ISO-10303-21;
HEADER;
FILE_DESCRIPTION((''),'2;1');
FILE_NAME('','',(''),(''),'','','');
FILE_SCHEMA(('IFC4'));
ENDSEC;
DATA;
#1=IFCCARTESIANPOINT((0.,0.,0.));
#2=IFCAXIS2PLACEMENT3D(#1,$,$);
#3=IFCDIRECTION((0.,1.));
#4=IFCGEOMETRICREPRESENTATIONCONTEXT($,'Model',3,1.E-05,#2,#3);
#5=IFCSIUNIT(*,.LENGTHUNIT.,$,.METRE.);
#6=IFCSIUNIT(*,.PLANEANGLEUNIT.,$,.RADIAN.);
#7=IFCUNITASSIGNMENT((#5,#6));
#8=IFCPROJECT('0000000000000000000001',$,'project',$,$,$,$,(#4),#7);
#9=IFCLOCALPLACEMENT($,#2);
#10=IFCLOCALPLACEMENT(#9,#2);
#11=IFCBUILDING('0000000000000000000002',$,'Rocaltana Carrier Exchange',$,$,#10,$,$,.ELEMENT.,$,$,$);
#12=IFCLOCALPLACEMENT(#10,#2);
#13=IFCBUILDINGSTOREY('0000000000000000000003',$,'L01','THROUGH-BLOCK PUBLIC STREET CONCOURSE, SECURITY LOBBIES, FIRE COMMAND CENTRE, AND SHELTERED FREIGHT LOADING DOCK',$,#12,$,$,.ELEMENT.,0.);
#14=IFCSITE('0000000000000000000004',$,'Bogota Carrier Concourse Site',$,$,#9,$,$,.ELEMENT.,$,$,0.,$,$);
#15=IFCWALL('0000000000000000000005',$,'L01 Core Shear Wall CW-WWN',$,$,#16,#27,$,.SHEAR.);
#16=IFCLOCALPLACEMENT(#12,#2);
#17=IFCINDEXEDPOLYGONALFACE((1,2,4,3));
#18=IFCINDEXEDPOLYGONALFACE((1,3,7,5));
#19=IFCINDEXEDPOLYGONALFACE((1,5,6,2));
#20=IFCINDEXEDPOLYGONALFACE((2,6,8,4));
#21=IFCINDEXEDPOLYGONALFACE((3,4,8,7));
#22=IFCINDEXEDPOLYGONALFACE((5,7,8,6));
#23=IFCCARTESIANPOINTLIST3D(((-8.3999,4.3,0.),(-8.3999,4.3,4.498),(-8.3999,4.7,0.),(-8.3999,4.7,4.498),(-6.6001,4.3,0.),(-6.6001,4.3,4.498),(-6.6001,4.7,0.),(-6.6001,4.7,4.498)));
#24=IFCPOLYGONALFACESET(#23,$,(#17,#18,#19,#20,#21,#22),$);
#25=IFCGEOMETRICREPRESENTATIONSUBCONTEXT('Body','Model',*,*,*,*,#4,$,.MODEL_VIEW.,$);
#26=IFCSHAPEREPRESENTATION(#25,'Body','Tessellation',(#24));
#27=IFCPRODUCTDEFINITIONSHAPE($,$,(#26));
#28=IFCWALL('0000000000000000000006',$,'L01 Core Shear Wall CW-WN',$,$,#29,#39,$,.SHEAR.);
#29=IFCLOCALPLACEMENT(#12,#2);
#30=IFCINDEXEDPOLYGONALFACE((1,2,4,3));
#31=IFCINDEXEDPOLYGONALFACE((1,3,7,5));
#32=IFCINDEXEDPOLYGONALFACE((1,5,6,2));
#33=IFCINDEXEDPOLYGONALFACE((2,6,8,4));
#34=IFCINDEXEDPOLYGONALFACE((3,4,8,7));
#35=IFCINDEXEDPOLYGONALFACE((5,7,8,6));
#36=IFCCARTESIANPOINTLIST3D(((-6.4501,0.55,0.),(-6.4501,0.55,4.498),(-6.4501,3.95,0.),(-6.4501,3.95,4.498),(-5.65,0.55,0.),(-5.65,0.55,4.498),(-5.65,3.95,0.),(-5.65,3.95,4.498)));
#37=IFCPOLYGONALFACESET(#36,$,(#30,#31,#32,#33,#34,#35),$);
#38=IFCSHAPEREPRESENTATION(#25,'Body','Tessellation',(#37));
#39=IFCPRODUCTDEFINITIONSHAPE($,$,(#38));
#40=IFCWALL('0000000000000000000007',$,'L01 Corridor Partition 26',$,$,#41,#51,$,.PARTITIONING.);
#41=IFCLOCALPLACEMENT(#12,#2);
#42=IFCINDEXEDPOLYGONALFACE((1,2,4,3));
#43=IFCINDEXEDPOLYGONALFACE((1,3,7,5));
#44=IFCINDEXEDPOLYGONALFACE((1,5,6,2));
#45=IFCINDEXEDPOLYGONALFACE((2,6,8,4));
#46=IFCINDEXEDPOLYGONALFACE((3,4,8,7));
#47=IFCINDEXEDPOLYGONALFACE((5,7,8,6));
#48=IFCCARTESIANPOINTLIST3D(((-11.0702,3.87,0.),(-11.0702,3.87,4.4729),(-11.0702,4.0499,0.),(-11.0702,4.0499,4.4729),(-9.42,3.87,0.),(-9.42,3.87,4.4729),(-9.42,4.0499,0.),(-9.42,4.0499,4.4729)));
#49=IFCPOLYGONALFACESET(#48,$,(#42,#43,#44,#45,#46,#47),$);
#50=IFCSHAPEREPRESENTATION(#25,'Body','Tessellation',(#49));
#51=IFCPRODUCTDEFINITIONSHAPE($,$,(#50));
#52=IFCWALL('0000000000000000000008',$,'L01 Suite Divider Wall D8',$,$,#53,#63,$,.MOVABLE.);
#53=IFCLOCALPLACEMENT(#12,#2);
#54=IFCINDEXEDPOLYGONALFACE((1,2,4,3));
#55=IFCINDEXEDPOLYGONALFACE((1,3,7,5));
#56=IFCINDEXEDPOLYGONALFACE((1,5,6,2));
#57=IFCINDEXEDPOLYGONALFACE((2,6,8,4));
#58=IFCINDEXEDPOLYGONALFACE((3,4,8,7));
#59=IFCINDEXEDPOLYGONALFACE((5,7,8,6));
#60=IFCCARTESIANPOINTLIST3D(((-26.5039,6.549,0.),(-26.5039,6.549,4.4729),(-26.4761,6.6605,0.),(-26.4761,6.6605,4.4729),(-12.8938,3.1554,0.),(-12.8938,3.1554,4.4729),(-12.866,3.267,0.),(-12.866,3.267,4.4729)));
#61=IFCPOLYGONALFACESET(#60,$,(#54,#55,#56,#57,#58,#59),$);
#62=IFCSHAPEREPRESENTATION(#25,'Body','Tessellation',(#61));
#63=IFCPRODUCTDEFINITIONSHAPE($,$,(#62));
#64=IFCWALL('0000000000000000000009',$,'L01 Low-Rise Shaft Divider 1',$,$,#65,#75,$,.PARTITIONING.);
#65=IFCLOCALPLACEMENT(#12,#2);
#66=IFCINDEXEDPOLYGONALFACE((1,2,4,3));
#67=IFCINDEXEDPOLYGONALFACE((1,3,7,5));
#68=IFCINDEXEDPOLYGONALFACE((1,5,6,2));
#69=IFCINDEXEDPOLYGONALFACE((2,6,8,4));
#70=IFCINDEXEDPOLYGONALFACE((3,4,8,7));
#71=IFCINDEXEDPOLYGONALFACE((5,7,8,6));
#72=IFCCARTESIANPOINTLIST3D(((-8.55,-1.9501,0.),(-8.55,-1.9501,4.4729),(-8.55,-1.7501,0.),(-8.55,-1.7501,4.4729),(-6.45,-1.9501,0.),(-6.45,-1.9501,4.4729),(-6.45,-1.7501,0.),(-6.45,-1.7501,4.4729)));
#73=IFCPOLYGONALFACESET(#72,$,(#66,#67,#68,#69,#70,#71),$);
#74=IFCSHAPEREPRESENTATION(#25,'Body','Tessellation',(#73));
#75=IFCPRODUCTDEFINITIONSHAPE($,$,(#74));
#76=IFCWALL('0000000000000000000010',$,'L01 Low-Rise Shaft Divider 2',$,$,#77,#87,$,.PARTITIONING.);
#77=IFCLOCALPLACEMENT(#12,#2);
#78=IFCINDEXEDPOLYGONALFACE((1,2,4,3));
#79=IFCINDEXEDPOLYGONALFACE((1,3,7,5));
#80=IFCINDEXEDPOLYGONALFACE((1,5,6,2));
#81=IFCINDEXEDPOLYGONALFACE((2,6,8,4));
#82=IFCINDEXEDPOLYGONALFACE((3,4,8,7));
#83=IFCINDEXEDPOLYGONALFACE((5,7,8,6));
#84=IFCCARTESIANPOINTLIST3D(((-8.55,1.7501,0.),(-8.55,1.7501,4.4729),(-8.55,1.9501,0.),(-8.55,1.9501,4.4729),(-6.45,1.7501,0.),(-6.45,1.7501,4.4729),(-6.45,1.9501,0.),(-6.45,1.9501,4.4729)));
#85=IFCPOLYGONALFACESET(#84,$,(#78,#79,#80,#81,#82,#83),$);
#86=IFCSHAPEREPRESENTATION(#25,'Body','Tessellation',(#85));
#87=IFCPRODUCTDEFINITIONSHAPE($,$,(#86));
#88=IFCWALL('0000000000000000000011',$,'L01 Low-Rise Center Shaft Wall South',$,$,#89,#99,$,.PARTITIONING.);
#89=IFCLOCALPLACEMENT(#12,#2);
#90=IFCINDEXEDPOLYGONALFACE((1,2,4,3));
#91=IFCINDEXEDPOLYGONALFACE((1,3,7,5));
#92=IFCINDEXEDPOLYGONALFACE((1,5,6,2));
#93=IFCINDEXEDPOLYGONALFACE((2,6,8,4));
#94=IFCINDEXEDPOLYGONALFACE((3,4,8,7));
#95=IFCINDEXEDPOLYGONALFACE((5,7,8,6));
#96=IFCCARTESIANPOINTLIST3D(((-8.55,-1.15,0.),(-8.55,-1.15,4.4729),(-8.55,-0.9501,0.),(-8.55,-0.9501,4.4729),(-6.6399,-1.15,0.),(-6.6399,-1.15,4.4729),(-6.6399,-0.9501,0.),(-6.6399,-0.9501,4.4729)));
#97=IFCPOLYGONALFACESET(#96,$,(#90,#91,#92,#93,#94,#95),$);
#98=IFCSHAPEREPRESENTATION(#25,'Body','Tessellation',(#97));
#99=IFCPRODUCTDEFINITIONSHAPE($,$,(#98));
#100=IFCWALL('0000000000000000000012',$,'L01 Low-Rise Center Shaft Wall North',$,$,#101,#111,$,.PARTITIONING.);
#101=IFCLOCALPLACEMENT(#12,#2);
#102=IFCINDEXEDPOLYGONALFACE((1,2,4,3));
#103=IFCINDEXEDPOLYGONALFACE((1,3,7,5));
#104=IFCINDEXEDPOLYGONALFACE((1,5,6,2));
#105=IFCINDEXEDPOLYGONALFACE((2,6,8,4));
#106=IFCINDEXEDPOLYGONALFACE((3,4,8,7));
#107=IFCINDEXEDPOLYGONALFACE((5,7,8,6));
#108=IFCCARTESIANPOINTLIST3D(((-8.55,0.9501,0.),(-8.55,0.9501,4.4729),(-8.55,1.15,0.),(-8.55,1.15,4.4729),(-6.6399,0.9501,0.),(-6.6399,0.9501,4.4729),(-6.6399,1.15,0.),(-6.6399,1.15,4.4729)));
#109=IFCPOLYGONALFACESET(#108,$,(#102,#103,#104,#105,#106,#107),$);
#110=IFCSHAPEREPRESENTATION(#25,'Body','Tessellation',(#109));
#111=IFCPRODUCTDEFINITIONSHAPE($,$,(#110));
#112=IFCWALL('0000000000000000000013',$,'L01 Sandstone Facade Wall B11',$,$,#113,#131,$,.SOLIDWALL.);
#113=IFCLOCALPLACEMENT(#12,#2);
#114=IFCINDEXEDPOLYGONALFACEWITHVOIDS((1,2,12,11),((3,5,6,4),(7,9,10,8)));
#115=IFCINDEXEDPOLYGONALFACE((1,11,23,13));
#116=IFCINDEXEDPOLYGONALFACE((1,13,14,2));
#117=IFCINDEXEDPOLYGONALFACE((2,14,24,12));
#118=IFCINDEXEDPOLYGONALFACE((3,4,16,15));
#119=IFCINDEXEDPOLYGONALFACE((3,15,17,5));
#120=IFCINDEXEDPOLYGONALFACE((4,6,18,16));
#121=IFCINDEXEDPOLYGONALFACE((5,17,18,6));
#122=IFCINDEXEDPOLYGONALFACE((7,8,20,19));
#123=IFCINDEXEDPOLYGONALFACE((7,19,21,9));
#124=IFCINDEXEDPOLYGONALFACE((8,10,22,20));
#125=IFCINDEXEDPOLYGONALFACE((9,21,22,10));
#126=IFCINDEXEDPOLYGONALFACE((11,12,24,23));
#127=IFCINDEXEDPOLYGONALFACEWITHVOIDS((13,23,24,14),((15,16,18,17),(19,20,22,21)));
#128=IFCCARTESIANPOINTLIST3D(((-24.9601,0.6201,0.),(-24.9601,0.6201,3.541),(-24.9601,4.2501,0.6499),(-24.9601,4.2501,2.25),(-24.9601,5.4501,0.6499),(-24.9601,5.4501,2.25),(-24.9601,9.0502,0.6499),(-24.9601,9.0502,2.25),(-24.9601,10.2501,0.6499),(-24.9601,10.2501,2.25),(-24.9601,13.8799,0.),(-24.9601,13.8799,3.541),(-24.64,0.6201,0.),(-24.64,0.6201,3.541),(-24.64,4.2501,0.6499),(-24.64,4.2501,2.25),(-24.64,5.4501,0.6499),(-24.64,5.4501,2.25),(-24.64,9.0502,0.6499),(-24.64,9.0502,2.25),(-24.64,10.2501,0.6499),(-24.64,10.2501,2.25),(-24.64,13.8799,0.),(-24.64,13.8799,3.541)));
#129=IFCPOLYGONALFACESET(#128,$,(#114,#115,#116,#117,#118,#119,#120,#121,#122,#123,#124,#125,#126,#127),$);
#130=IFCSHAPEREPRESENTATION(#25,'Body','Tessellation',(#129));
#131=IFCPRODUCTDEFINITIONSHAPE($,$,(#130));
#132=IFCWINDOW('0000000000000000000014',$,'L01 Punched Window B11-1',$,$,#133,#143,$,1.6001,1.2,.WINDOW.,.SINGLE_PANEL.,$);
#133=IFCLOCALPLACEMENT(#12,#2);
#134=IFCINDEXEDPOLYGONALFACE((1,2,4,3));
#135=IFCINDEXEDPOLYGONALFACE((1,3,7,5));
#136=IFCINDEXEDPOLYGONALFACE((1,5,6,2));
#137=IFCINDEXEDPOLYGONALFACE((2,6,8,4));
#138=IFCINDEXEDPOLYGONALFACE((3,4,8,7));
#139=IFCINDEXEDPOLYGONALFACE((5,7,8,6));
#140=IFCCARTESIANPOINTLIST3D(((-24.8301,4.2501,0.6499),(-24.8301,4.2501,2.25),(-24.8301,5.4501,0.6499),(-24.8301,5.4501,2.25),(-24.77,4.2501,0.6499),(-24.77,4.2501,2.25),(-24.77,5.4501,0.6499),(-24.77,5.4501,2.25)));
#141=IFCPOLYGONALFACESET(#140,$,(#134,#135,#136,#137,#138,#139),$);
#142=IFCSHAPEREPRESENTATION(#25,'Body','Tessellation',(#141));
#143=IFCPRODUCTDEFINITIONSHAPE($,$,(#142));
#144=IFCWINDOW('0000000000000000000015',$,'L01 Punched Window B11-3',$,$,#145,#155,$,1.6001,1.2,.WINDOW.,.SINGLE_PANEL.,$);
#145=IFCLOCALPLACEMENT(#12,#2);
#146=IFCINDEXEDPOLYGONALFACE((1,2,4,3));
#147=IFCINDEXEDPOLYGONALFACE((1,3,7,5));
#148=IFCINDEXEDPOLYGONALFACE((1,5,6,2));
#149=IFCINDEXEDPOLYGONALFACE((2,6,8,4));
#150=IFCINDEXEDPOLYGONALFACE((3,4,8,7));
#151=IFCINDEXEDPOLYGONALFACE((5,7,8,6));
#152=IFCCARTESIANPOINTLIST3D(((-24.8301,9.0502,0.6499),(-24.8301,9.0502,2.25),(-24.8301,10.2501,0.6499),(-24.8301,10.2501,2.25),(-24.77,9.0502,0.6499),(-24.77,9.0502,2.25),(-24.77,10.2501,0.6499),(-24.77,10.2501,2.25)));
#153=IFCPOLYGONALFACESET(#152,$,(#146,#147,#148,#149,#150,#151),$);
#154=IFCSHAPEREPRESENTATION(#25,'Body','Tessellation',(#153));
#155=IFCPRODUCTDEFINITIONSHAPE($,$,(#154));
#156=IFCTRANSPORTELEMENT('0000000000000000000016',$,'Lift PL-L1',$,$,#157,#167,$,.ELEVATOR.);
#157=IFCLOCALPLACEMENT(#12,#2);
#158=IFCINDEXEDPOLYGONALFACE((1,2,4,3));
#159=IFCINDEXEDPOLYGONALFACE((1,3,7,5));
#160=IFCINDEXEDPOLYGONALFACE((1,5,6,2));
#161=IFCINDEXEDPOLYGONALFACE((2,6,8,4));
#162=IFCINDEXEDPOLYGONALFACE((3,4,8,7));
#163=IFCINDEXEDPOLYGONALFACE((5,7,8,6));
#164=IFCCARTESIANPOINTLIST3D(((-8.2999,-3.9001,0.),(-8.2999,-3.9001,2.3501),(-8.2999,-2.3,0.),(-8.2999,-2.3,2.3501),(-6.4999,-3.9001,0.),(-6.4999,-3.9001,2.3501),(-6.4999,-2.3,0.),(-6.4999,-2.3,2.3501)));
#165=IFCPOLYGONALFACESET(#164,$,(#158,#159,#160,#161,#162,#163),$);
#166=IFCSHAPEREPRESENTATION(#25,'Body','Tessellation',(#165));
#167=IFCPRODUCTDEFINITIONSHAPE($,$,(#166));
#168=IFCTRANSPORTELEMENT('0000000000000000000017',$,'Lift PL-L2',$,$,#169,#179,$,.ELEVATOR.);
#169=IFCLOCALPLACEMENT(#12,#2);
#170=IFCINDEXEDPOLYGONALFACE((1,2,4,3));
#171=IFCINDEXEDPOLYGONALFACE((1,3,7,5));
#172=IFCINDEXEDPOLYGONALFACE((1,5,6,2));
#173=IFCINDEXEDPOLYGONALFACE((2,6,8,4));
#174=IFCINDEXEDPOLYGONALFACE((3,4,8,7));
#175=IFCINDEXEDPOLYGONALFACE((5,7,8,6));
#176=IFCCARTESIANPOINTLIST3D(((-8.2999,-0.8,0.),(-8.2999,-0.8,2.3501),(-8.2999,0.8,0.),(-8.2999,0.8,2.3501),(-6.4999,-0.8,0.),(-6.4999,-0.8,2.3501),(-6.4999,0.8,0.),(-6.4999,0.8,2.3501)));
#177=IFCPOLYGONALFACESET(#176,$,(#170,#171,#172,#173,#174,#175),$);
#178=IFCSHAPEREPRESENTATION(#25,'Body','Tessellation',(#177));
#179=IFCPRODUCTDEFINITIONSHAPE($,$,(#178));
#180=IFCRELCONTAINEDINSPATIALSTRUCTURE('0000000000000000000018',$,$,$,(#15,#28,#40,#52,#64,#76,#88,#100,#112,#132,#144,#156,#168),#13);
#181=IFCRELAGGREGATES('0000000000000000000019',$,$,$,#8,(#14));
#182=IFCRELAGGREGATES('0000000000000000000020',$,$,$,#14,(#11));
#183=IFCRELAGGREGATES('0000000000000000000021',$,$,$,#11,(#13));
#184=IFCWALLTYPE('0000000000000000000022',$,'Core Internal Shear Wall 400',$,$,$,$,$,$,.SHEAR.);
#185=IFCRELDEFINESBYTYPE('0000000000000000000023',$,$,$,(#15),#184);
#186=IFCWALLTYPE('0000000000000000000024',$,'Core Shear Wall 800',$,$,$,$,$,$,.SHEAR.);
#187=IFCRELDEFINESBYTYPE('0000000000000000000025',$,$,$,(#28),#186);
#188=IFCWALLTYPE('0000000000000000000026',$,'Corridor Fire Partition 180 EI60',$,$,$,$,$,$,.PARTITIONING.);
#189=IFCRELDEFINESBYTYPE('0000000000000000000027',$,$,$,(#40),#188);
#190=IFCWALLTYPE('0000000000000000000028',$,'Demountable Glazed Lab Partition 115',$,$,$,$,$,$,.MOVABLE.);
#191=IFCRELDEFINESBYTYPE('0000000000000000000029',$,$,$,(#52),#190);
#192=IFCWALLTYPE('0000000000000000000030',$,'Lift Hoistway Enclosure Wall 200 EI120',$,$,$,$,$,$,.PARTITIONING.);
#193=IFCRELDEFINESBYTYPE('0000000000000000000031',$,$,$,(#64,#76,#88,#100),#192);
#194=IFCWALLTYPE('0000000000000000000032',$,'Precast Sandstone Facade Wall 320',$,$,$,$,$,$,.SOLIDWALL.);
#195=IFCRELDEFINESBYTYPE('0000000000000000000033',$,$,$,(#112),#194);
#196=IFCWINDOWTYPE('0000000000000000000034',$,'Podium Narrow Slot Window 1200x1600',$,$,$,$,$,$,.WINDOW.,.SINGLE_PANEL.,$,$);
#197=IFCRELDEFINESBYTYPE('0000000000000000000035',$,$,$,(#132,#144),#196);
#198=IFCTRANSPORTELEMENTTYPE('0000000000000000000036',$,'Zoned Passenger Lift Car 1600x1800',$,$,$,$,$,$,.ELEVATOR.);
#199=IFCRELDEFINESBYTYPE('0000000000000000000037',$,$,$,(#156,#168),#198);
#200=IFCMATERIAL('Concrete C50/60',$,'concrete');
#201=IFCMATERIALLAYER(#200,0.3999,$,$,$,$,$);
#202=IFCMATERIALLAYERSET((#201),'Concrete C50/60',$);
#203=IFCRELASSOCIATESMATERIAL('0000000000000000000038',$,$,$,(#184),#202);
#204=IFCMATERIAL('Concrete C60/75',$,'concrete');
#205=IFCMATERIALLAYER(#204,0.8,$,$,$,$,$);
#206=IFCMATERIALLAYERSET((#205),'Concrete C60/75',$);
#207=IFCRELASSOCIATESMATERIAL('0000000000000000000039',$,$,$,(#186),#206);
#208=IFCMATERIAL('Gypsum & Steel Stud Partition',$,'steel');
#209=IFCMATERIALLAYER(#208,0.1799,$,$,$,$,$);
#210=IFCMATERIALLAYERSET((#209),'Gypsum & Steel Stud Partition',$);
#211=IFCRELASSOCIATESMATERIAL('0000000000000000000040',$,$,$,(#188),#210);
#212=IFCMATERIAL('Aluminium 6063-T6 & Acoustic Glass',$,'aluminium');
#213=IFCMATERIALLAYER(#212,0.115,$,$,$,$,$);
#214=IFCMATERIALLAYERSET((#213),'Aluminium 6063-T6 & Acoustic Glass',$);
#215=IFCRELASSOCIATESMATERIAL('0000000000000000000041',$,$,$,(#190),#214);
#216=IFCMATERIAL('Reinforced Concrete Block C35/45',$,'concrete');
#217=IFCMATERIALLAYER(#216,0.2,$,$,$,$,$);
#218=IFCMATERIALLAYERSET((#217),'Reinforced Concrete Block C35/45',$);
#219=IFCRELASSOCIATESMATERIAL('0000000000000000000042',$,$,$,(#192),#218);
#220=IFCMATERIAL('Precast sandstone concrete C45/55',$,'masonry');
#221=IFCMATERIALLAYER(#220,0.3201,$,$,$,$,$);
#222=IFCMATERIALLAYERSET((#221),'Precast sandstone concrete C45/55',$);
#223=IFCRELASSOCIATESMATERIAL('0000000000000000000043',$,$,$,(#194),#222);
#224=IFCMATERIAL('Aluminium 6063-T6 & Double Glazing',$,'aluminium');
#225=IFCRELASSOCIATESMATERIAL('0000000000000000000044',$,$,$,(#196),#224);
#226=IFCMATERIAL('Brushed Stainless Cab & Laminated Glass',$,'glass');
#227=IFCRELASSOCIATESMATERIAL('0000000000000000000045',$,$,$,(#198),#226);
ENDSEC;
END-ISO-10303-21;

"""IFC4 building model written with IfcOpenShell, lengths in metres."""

from ifc_helpers import new_model, si_unit, direction, frame, frame_2d, origin, origin_2d, place, context, subcontext, project, spatial, rectangle, extrude, material, layer, layer_set, type_object, element, fill, save


model = new_model("IFC4")

# Units and contexts
model_context = context("Model", 3, precision=1e-05, world=origin(), true_north=direction((0.0, 1.0)))
body_context = subcontext(model_context, "Body", "Model", "MODEL_VIEW")
ifc_project = project(units=[si_unit("LENGTHUNIT", "METRE"), si_unit("PLANEANGLEUNIT", "RADIAN")], contexts=[model_context])

# Site, building, storey
site_placement = place(None, origin())
site = spatial("IfcSite", under=ifc_project, at=site_placement, Name="Bogota Carrier Concourse Site", CompositionType="ELEMENT", RefElevation=0.0)
building_placement = place(site_placement, origin())
building = spatial("IfcBuilding", under=site, at=building_placement, Name="Rocaltana Carrier Exchange", CompositionType="ELEMENT")
storey_placement = place(building_placement, origin())
storey = spatial("IfcBuildingStorey", under=building, at=storey_placement, Name="L01", Description="THROUGH-BLOCK PUBLIC STREET CONCOURSE, SECURITY LOBBIES, FIRE COMMAND CENTRE, AND SHELTERED FREIGHT LOADING DOCK", CompositionType="ELEMENT", Elevation=0.0)

# Walls
ifc_material_1 = material(Name="Concrete C50/60", Category="concrete")
ifc_layer_1 = layer(ifc_material_1, 0.3999)
ifc_layer_set_1 = layer_set([ifc_layer_1], Name="Concrete C50/60")
wall_type_1 = type_object("IfcWallType", Name="Core Internal Shear Wall 400", PredefinedType="SHEAR", material=ifc_layer_set_1)
wall_1_placement = place(storey_placement, frame((-8.3999, 4.5, 0.0), z_axis=(0.0, 0.0, 1.0), x_axis=(1.0, 0.0, 0.0)))
element("IfcWall", 1, at=wall_1_placement, inside=storey, type_object=wall_type_1, Name="L01 Core Shear Wall CW-WWN", PredefinedType="SHEAR", context=body_context, shape_type="SweptSolid", body=[
    extrude(rectangle(XDim=1.7998, YDim=0.3999, at=frame_2d((0.8999, 0.0))), origin(), (0.0, 0.0, 1.0), 4.498),
])
ifc_material_2 = material(Name="Concrete C60/75", Category="concrete")
ifc_layer_2 = layer(ifc_material_2, 0.8)
ifc_layer_set_2 = layer_set([ifc_layer_2], Name="Concrete C60/75")
wall_type_2 = type_object("IfcWallType", Name="Core Shear Wall 800", PredefinedType="SHEAR", material=ifc_layer_set_2)
wall_2_placement = place(storey_placement, frame((-6.05, 0.55, 0.0), z_axis=(0.0, 0.0, 1.0), x_axis=(0.0, 1.0, 0.0)))
element("IfcWall", 2, at=wall_2_placement, inside=storey, type_object=wall_type_2, Name="L01 Core Shear Wall CW-WN", PredefinedType="SHEAR", context=body_context, shape_type="SweptSolid", body=[
    extrude(rectangle(XDim=3.3999, YDim=0.8, at=frame_2d((1.7, 0.0))), origin(), (0.0, 0.0, 1.0), 4.498),
])
ifc_material_3 = material(Name="Gypsum & Steel Stud Partition", Category="steel")
ifc_layer_3 = layer(ifc_material_3, 0.1799)
ifc_layer_set_3 = layer_set([ifc_layer_3], Name="Gypsum & Steel Stud Partition")
wall_type_3 = type_object("IfcWallType", Name="Corridor Fire Partition 180 EI60", PredefinedType="PARTITIONING", material=ifc_layer_set_3)
wall_3_placement = place(storey_placement, frame((-9.4199, 3.96, 0.0), z_axis=(0.0, 0.0, 1.0), x_axis=(-1.0, 0.0, 0.0)))
element("IfcWall", 3, at=wall_3_placement, inside=storey, type_object=wall_type_3, Name="L01 Corridor Partition 26", PredefinedType="PARTITIONING", context=body_context, shape_type="SweptSolid", body=[
    extrude(rectangle(XDim=1.6501, YDim=0.1799, at=frame_2d((0.8252, 0.0))), origin(), (0.0, 0.0, 1.0), 4.4729),
])
ifc_material_4 = material(Name="Aluminium 6063-T6 & Acoustic Glass", Category="aluminium")
ifc_layer_4 = layer(ifc_material_4, 0.115)
ifc_layer_set_4 = layer_set([ifc_layer_4], Name="Aluminium 6063-T6 & Acoustic Glass")
wall_type_4 = type_object("IfcWallType", Name="Demountable Glazed Lab Partition 115", PredefinedType="MOVABLE", material=ifc_layer_set_4)
wall_4_placement = place(storey_placement, frame((-12.8799, 3.2112, 0.0), z_axis=(0.0, 0.0, 1.0), x_axis=(-0.970293, 0.241934, 0.0)))
element("IfcWall", 4, at=wall_4_placement, inside=storey, type_object=wall_type_4, Name="L01 Suite Divider Wall D8", PredefinedType="MOVABLE", context=body_context, shape_type="SweptSolid", body=[
    extrude(rectangle(XDim=14.0269, YDim=0.115, at=frame_2d((7.0134, 0.0))), origin(), (0.0, 0.0, 1.0), 4.4729),
])
ifc_material_5 = material(Name="Reinforced Concrete Block C35/45", Category="concrete")
ifc_layer_5 = layer(ifc_material_5, 0.2)
ifc_layer_set_5 = layer_set([ifc_layer_5], Name="Reinforced Concrete Block C35/45")
wall_type_5 = type_object("IfcWallType", Name="Lift Hoistway Enclosure Wall 200 EI120", PredefinedType="PARTITIONING", material=ifc_layer_set_5)
for number, where, z_axis, x_axis, name in (
    (5, (-8.55, -1.8501, 0.0), (0.0, 0.0, 1.0), (1.0, 0.0, 0.0), "L01 Low-Rise Shaft Divider 1"),
    (6, (-8.55, 1.8501, 0.0), (0.0, 0.0, 1.0), (1.0, 0.0, 0.0), "L01 Low-Rise Shaft Divider 2"),
):
    element("IfcWall", number, at=place(storey_placement, frame(where, z_axis=z_axis, x_axis=x_axis)), inside=storey, type_object=wall_type_5, Name=name, PredefinedType="PARTITIONING", context=body_context, shape_type="SweptSolid", body=[
        extrude(rectangle(XDim=2.1001, YDim=0.2, at=frame_2d((1.05, 0.0))), origin(), (0.0, 0.0, 1.0), 4.4729),
    ])
for number, where, z_axis, x_axis, name in (
    (7, (-8.55, -1.05, 0.0), (0.0, 0.0, 1.0), (1.0, 0.0, 0.0), "L01 Low-Rise Center Shaft Wall South"),
    (8, (-8.55, 1.05, 0.0), (0.0, 0.0, 1.0), (1.0, 0.0, 0.0), "L01 Low-Rise Center Shaft Wall North"),
):
    element("IfcWall", number, at=place(storey_placement, frame(where, z_axis=z_axis, x_axis=x_axis)), inside=storey, type_object=wall_type_5, Name=name, PredefinedType="PARTITIONING", context=body_context, shape_type="SweptSolid", body=[
        extrude(rectangle(XDim=1.9102, YDim=0.2, at=frame_2d((0.9551, 0.0))), origin(), (0.0, 0.0, 1.0), 4.4729),
    ])

# Wall, openings, windows
ifc_material_6 = material(Name="Precast sandstone concrete C45/55", Category="masonry")
ifc_layer_6 = layer(ifc_material_6, 0.3201)
ifc_layer_set_6 = layer_set([ifc_layer_6], Name="Precast sandstone concrete C45/55")
wall_type_6 = type_object("IfcWallType", Name="Precast Sandstone Facade Wall 320", PredefinedType="SOLIDWALL", material=ifc_layer_set_6)
wall_5_placement = place(storey_placement, frame((-24.8, 0.6201, 0.0), z_axis=(0.0, 0.0, 1.0), x_axis=(0.0, 1.0, 0.0)))
wall_5 = element("IfcWall", 9, at=wall_5_placement, inside=storey, type_object=wall_type_6, Name="L01 Sandstone Facade Wall B11", PredefinedType="SOLIDWALL", context=body_context, shape_type="SweptSolid", body=[
    extrude(rectangle(XDim=13.2598, YDim=0.3201, at=frame_2d((6.6299, 0.0))), origin(), (0.0, 0.0, 1.0), 3.541),
])
opening_1_placement = place(wall_5_placement, frame((3.6299, 0.0, 0.6499)))
opening_1 = element("IfcOpeningElement", 10, at=opening_1_placement, cuts=wall_5, PredefinedType="OPENING", context=body_context, shape_type="SweptSolid", body=[
    extrude(rectangle(XDim=1.2, YDim=1.6001, at=frame_2d((0.6001, 0.8))), frame((0.0, 0.1699, 0.0), z_axis=(0.0, -1.0, 0.0), x_axis=(1.0, 0.0, 0.0)), (0.0, 0.0, 1.0), 0.3401),
])
opening_2_placement = place(wall_5_placement, frame((8.4299, 0.0, 0.6499)))
opening_2 = element("IfcOpeningElement", 11, at=opening_2_placement, cuts=wall_5, PredefinedType="OPENING", context=body_context, shape_type="SweptSolid", body=[
    extrude(rectangle(XDim=1.2, YDim=1.6001, at=frame_2d((0.6001, 0.8))), frame((0.0, 0.1699, 0.0), z_axis=(0.0, -1.0, 0.0), x_axis=(1.0, 0.0, 0.0)), (0.0, 0.0, 1.0), 0.3401),
])
ifc_material_7 = material(Name="Aluminium 6063-T6 & Double Glazing", Category="aluminium")
window_type = type_object("IfcWindowType", Name="Podium Narrow Slot Window 1200x1600", PartitioningType="SINGLE_PANEL", PredefinedType="WINDOW", material=ifc_material_7)
window_1_placement = place(opening_1_placement, origin())
window_1 = element("IfcWindow", 12, at=window_1_placement, inside=storey, type_object=window_type, Name="L01 Punched Window B11-1", OverallHeight=1.6001, OverallWidth=1.2, PartitioningType="SINGLE_PANEL", PredefinedType="WINDOW", context=body_context, shape_type="SweptSolid", body=[
    extrude(rectangle(XDim=1.2, YDim=1.6001, at=frame_2d((0.6001, 0.8))), frame((0.0, 0.03, 0.0), z_axis=(0.0, -1.0, 0.0), x_axis=(1.0, 0.0, 0.0)), (0.0, 0.0, 1.0), 0.0601),
])
fill(opening_1, window_1)
window_2_placement = place(opening_2_placement, origin())
window_2 = element("IfcWindow", 13, at=window_2_placement, inside=storey, type_object=window_type, Name="L01 Punched Window B11-3", OverallHeight=1.6001, OverallWidth=1.2, PartitioningType="SINGLE_PANEL", PredefinedType="WINDOW", context=body_context, shape_type="SweptSolid", body=[
    extrude(rectangle(XDim=1.2, YDim=1.6001, at=frame_2d((0.6001, 0.8))), frame((0.0, 0.03, 0.0), z_axis=(0.0, -1.0, 0.0), x_axis=(1.0, 0.0, 0.0)), (0.0, 0.0, 1.0), 0.0601),
])
fill(opening_2, window_2)

# Transport elements
ifc_material_8 = material(Name="Brushed Stainless Cab & Laminated Glass", Category="glass")
transport_element_type = type_object("IfcTransportElementType", Name="Zoned Passenger Lift Car 1600x1800", PredefinedType="ELEVATOR", material=ifc_material_8)
for number, where, z_axis, x_axis, name in (
    (14, (-7.3999, -3.1001, 0.0), (0.0, 0.0, 1.0), (1.0, 0.0, 0.0), "Lift PL-L1"),
    (15, (-7.3999, 0.0, 0.0), (0.0, 0.0, 1.0), (1.0, 0.0, 0.0), "Lift PL-L2"),
):
    element("IfcTransportElement", number, at=place(storey_placement, frame(where, z_axis=z_axis, x_axis=x_axis)), inside=storey, type_object=transport_element_type, Name=name, PredefinedType="ELEVATOR", context=body_context, shape_type="SweptSolid", body=[
        extrude(rectangle(XDim=1.8, YDim=1.6001, at=origin_2d()), origin(), (0.0, 0.0, 1.0), 2.3501),
    ])

save(model, "model.ifc")
